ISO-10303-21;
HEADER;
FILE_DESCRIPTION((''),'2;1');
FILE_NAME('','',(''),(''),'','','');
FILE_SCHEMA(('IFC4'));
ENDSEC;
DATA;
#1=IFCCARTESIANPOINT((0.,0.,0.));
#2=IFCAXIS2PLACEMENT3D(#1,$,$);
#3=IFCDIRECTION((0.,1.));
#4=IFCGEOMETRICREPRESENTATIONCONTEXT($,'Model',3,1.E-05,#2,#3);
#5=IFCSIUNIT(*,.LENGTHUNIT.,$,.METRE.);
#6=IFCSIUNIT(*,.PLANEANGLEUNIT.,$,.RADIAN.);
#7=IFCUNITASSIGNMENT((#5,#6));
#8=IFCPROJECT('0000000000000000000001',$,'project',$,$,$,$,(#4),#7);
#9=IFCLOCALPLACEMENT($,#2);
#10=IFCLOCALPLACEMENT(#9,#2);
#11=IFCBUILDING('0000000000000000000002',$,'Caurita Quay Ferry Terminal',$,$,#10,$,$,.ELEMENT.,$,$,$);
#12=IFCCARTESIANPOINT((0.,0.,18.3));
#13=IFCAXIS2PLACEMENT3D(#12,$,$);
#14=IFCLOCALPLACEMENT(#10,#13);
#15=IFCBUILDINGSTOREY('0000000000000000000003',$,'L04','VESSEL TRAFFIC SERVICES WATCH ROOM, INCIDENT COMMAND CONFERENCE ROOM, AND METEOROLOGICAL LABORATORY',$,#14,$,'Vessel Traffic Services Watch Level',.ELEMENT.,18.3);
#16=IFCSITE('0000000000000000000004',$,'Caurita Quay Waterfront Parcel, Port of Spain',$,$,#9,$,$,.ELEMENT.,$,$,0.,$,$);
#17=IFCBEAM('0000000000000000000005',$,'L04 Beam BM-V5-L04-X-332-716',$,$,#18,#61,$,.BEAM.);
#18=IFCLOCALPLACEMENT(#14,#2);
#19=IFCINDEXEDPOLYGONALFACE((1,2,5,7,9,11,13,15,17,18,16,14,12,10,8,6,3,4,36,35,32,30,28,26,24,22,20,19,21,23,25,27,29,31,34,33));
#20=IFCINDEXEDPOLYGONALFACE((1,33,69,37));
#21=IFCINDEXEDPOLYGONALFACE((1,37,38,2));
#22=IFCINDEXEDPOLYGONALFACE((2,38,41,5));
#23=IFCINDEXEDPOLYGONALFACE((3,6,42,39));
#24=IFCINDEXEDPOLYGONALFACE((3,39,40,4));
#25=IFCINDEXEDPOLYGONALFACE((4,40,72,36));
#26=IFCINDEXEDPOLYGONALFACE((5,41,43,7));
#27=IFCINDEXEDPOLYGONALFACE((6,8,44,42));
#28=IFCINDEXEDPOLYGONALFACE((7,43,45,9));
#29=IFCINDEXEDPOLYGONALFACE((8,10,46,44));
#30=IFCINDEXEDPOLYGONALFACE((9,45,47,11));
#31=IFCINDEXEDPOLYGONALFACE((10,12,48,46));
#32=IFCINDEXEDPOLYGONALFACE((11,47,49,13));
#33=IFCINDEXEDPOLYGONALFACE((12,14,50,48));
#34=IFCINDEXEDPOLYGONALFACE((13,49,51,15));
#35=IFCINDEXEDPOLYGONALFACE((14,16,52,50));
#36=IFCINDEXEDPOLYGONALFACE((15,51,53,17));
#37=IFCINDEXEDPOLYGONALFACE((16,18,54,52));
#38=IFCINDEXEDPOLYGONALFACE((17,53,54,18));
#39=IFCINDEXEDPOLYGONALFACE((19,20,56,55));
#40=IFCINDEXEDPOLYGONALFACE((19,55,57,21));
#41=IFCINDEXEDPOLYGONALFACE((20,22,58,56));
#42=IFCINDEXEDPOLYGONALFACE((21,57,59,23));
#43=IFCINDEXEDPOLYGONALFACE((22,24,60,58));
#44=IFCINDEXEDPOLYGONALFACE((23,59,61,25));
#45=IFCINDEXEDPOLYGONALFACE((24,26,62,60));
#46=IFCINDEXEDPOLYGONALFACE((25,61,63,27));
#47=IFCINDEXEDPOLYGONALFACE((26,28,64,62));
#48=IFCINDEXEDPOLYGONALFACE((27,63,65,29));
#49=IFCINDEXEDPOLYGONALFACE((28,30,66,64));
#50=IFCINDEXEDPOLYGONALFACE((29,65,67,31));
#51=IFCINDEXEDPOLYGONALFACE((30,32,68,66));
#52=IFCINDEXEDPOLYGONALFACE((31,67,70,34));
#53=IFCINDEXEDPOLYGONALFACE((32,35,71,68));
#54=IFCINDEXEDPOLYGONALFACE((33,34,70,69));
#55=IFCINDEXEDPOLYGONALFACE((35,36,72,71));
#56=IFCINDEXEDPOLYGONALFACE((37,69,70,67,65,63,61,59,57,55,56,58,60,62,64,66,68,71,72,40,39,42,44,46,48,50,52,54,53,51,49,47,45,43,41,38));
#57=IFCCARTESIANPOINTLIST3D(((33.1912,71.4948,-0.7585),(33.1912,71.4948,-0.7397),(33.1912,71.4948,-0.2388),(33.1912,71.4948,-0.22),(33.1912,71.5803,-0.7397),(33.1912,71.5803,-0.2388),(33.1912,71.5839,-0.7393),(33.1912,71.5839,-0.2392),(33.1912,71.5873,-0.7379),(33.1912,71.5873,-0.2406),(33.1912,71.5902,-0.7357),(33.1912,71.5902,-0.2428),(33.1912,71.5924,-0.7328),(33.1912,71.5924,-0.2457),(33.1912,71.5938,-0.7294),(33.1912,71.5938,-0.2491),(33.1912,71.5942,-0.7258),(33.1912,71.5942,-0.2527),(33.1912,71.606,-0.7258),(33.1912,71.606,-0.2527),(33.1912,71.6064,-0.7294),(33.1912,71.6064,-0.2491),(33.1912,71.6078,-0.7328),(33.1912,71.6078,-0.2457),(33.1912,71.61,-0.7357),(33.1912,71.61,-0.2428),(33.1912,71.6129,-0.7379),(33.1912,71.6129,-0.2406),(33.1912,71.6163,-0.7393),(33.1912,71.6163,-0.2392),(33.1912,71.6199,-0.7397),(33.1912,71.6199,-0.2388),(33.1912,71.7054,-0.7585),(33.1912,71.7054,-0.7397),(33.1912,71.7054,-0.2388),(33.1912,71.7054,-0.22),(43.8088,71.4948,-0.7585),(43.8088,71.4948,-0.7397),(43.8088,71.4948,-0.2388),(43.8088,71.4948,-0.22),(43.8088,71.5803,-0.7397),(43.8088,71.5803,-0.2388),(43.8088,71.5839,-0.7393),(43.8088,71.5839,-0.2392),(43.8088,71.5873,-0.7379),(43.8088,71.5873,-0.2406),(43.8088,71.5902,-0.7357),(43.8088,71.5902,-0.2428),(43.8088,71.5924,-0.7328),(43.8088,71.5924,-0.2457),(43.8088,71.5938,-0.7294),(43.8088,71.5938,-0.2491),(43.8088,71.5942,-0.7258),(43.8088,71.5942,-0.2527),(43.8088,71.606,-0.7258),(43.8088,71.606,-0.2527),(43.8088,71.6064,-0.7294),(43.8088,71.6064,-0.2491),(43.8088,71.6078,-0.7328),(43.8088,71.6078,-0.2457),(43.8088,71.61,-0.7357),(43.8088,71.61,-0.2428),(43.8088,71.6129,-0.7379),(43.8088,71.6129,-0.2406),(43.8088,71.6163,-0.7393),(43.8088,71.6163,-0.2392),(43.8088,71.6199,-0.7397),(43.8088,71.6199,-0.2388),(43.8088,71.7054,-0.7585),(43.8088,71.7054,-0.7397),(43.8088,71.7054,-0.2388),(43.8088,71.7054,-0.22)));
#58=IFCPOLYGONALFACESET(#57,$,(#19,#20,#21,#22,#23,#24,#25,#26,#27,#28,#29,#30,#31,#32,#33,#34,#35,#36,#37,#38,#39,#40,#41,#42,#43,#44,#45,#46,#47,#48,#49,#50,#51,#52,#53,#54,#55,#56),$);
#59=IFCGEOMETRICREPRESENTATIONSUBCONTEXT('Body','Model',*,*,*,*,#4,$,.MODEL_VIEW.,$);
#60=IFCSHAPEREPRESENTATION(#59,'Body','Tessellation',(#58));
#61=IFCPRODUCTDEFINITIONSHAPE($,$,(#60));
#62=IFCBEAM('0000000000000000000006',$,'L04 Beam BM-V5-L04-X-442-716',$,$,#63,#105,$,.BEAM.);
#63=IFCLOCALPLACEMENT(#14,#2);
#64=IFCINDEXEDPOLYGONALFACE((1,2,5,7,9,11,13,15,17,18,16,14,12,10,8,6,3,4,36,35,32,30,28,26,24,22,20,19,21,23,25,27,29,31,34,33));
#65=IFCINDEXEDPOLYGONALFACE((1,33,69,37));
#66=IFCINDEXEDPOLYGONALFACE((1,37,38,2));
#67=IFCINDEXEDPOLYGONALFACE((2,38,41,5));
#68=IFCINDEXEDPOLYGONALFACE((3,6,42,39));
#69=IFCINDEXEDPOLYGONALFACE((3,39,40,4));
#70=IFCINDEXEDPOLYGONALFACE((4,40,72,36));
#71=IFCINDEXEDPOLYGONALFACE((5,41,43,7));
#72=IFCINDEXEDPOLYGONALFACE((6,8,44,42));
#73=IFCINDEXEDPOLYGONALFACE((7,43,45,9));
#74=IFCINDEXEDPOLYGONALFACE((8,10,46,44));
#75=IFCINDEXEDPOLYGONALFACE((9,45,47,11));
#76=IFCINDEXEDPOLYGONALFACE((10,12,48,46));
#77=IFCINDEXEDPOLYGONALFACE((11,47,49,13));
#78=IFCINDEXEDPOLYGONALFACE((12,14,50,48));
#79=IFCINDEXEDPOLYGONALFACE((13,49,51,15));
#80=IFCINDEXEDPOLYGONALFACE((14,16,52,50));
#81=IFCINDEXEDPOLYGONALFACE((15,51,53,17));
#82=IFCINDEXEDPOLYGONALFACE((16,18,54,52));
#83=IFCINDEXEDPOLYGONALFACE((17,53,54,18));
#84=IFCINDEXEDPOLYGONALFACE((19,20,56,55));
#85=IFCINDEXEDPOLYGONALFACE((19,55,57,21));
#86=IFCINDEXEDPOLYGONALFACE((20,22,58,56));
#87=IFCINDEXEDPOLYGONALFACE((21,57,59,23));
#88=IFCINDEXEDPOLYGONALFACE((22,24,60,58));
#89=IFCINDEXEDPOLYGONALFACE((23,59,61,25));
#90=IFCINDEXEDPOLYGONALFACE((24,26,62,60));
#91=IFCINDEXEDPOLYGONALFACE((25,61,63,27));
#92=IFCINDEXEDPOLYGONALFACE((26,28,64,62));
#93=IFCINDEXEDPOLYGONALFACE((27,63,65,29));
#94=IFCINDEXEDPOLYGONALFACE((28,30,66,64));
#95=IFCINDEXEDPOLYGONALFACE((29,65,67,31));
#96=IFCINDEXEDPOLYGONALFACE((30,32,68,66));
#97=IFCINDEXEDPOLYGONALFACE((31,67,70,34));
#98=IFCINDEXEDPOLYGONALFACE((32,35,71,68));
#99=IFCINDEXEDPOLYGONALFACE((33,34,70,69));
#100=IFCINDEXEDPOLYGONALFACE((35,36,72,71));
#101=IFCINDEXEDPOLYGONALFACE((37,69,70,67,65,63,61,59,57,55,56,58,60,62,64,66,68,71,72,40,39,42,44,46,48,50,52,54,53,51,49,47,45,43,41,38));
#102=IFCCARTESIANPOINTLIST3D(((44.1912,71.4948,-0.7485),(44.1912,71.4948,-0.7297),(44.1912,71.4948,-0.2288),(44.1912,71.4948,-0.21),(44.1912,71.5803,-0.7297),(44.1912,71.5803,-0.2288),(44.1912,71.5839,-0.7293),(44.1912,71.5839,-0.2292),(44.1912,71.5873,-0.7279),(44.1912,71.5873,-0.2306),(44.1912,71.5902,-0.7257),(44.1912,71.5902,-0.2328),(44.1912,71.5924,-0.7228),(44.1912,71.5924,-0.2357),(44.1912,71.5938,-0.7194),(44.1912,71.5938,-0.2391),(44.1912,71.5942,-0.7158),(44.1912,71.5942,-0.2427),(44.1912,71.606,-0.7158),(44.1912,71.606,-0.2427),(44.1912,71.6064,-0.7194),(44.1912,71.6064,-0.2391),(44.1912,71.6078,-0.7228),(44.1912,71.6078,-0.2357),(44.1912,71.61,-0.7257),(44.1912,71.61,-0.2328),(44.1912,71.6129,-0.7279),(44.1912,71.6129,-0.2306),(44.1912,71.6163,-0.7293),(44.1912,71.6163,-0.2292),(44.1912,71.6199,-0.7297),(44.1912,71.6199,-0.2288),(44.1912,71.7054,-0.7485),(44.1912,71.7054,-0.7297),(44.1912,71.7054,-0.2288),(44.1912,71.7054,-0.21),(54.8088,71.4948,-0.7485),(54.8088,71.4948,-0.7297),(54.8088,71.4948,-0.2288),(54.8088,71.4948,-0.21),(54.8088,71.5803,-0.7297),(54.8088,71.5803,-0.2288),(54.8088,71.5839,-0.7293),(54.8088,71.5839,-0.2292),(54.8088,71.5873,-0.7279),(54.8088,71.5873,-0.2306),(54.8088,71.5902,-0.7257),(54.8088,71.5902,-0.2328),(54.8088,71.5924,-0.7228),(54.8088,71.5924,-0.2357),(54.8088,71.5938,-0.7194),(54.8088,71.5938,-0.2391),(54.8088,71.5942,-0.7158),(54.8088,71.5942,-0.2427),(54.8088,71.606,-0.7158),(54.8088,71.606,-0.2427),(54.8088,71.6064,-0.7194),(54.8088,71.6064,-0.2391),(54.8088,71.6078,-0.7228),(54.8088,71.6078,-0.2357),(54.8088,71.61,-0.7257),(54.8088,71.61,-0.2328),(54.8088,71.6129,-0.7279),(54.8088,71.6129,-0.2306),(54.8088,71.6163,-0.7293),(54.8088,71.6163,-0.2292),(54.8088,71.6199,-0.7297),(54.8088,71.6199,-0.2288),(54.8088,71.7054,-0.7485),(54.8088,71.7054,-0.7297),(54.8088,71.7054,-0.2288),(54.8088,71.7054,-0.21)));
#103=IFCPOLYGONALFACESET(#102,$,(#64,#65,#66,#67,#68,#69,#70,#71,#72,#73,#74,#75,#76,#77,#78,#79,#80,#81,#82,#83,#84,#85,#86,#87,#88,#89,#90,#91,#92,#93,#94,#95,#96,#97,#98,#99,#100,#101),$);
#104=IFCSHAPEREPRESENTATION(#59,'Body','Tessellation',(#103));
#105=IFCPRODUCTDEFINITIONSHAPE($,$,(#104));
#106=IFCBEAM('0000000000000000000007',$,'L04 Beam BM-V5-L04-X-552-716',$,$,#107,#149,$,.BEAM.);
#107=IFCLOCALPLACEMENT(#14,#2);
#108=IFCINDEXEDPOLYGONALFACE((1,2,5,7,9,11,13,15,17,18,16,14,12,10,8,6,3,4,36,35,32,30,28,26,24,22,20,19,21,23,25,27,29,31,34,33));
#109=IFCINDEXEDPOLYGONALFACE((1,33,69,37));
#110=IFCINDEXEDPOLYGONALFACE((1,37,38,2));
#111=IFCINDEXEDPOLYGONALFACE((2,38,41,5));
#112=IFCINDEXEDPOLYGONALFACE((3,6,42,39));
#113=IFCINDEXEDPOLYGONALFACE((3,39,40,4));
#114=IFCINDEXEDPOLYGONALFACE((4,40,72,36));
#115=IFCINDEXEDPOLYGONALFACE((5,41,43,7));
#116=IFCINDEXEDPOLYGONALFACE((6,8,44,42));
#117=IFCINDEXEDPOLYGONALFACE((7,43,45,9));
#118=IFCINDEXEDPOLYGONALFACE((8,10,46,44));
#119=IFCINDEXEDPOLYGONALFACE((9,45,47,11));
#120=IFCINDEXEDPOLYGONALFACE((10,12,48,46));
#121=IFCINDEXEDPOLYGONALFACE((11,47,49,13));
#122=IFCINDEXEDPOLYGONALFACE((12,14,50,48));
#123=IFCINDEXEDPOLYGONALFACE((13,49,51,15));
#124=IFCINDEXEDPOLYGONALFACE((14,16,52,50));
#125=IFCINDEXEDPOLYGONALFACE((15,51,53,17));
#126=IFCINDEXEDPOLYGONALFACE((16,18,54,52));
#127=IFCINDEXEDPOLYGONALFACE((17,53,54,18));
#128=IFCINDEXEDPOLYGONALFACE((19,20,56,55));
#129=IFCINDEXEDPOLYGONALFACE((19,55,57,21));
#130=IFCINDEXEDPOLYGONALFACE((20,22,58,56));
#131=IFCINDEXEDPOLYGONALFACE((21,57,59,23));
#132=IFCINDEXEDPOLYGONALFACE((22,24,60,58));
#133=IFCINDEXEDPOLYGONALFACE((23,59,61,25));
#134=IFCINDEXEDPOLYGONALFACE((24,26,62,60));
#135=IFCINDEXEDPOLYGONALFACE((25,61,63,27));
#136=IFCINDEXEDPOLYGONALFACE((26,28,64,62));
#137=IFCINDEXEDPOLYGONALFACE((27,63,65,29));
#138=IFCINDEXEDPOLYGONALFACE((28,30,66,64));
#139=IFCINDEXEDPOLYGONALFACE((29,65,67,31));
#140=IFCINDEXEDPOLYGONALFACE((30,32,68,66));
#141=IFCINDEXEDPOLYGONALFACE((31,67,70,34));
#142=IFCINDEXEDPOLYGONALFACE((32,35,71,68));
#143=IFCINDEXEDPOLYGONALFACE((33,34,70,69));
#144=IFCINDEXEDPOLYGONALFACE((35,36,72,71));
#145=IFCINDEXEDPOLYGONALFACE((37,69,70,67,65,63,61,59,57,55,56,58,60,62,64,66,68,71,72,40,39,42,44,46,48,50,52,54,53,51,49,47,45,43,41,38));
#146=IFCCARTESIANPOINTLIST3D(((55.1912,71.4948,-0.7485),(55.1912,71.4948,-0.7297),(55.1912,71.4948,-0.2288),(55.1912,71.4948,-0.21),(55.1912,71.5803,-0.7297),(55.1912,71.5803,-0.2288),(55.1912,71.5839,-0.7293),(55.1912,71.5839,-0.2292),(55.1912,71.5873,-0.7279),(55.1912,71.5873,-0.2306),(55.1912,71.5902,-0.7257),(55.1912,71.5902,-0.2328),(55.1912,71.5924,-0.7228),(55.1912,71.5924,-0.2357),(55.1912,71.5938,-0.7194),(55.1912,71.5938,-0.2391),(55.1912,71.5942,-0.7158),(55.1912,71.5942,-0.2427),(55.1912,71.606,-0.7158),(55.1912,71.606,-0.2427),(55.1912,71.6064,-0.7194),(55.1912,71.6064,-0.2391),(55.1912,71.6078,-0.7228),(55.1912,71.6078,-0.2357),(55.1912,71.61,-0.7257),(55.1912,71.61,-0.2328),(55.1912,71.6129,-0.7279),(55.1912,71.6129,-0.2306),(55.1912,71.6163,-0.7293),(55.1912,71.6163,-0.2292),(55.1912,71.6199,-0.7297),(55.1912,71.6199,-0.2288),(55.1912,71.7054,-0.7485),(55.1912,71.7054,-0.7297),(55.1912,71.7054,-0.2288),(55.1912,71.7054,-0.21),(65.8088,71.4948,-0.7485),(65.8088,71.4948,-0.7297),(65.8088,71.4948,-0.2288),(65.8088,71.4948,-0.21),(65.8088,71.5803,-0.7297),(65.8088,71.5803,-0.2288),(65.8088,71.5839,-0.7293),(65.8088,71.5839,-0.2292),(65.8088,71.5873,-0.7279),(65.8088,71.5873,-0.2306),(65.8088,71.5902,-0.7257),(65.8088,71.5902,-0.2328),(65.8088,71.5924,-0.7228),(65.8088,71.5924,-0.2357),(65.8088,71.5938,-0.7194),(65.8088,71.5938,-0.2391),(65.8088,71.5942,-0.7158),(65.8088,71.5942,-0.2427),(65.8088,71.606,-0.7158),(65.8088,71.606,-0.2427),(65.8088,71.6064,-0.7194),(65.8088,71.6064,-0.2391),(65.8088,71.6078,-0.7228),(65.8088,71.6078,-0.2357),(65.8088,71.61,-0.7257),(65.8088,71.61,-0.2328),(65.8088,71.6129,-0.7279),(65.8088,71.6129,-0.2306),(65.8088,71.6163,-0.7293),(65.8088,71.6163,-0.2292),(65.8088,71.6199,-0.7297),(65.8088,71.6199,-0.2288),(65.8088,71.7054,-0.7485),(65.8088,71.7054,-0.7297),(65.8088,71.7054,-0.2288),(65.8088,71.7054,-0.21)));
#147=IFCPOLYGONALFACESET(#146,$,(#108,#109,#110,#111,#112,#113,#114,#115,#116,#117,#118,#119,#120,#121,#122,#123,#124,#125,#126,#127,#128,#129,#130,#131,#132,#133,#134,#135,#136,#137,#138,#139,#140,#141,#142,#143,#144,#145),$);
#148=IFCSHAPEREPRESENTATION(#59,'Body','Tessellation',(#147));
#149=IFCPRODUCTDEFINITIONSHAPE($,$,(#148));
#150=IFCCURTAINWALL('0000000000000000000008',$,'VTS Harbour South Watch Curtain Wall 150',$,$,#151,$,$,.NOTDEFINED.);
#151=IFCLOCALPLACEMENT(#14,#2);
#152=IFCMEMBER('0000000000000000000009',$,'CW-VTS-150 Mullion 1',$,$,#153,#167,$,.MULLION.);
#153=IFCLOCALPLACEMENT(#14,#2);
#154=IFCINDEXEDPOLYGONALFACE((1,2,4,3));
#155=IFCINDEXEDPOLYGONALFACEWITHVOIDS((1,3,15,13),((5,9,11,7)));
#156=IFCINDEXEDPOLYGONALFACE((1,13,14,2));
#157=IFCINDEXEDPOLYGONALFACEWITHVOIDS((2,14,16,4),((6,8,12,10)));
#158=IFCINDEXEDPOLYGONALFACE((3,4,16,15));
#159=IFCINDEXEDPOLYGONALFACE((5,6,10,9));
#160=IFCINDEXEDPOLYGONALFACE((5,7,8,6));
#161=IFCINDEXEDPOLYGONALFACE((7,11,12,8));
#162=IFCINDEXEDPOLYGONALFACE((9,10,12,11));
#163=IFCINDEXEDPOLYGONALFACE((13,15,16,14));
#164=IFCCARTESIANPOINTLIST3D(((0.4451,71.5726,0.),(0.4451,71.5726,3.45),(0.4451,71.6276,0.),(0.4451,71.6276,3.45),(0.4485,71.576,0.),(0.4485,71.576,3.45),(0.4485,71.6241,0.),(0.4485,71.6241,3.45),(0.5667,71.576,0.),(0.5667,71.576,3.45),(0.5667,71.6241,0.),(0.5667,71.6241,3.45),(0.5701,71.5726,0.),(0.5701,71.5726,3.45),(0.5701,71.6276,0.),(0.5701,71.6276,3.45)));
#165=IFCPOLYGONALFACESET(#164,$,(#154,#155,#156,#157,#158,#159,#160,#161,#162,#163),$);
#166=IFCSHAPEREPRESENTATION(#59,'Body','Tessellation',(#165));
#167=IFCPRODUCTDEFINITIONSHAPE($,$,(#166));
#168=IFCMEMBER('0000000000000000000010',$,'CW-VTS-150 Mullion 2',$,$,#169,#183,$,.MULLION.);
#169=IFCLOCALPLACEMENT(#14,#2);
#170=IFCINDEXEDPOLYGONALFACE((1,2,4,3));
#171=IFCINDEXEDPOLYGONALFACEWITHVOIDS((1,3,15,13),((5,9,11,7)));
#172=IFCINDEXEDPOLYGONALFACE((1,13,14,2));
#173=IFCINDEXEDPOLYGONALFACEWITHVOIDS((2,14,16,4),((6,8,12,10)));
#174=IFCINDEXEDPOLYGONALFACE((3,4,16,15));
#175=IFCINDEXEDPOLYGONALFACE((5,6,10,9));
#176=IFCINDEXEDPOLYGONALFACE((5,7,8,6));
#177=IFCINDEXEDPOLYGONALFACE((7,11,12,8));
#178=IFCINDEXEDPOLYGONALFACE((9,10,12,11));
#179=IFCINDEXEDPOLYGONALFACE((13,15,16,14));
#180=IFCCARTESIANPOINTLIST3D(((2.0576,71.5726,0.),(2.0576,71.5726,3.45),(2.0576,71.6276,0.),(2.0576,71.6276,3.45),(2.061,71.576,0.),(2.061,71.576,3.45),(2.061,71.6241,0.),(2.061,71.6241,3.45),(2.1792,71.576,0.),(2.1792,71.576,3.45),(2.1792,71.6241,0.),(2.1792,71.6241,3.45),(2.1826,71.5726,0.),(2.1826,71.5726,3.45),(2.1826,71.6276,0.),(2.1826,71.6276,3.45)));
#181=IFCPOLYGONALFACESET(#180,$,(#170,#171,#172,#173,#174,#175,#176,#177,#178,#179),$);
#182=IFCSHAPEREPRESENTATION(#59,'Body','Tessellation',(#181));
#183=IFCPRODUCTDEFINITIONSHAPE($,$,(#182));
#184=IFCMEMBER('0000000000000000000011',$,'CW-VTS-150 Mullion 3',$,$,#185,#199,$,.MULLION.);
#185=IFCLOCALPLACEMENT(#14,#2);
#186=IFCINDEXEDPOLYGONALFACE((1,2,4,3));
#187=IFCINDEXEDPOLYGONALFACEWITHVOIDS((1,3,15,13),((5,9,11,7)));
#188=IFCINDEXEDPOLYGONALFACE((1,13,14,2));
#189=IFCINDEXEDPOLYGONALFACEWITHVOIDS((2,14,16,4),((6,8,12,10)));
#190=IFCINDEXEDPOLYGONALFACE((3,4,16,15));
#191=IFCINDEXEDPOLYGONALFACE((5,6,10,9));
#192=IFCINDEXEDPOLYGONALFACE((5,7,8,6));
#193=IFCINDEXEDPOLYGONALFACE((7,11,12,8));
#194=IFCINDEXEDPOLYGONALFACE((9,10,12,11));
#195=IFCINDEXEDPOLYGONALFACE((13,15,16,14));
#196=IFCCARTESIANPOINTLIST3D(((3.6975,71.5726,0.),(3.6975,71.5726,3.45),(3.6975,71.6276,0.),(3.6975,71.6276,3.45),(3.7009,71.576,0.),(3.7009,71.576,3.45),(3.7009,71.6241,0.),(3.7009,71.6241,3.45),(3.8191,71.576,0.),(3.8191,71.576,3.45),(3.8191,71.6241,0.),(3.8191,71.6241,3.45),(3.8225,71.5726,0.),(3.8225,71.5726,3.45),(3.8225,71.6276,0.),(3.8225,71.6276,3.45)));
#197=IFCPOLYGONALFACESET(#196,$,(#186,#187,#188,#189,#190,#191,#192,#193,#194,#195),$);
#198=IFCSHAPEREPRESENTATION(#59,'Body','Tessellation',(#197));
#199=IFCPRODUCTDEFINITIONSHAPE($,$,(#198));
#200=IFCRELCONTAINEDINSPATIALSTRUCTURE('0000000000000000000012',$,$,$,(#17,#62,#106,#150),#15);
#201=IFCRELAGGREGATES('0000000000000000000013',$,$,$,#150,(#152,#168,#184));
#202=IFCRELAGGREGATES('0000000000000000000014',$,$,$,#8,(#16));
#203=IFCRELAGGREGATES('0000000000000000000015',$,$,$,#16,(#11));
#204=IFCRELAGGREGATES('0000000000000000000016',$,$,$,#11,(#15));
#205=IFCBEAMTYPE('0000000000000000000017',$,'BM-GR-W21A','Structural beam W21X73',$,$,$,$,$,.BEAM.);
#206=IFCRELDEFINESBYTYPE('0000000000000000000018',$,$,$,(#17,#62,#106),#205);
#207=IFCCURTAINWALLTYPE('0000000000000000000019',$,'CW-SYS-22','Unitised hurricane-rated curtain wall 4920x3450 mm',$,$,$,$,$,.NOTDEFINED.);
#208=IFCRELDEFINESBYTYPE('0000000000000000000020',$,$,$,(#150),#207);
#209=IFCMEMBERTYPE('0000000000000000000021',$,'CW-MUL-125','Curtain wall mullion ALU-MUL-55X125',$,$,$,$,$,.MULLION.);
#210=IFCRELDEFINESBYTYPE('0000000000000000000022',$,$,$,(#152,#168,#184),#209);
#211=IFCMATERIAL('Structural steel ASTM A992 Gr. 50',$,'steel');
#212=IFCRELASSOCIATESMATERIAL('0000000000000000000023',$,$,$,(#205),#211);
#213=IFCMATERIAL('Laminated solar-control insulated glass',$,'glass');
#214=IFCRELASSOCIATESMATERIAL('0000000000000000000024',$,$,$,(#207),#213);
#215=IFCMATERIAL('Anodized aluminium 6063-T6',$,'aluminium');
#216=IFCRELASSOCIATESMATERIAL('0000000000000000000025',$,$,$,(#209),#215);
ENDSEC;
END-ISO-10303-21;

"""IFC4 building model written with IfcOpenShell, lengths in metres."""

from ifc_helpers import new_model, si_unit, direction, frame, origin, origin_2d, place, context, subcontext, project, spatial, hollow_rectangle, i_section, extrude, material, material_profile, profile_set, type_object, element, aggregate, save


model = new_model("IFC4")

# Units and contexts
model_context = context("Model", 3, precision=1e-05, world=origin(), true_north=direction((0.0, 1.0)))
body_context = subcontext(model_context, "Body", "Model", "MODEL_VIEW")
ifc_project = project(units=[si_unit("LENGTHUNIT", "METRE"), si_unit("PLANEANGLEUNIT", "RADIAN")], contexts=[model_context])

# Site, building, storey
site_placement = place(None, origin())
site = spatial("IfcSite", under=ifc_project, at=site_placement, Name="Caurita Quay Waterfront Parcel, Port of Spain", CompositionType="ELEMENT", RefElevation=0.0)
building_placement = place(site_placement, origin())
building = spatial("IfcBuilding", under=site, at=building_placement, Name="Caurita Quay Ferry Terminal", CompositionType="ELEMENT")
storey_placement = place(building_placement, frame((0.0, 0.0, 18.3)))
storey = spatial("IfcBuildingStorey", under=building, at=storey_placement, Name="L04", Description="VESSEL TRAFFIC SERVICES WATCH ROOM, INCIDENT COMMAND CONFERENCE ROOM, AND METEOROLOGICAL LABORATORY", LongName="Vessel Traffic Services Watch Level", CompositionType="ELEMENT", Elevation=18.3)

# Beams
ifc_material_1 = material(Name="Structural steel ASTM A992 Gr. 50", Category="steel")
ifc_material_profile_1 = material_profile(ifc_material_1, i_section(OverallWidth=0.2107, OverallDepth=0.5386, WebThickness=0.0117, FlangeThickness=0.0188, FilletRadius=0.0139, at=origin_2d()), Name="W21X73")
ifc_profile_set_1 = profile_set([ifc_material_profile_1], Name="Structural steel ASTM A992 Gr. 50")
beam_type = type_object("IfcBeamType", Name="BM-GR-W21A", Description="Structural beam W21X73", PredefinedType="BEAM", material=ifc_profile_set_1)
for number, where, z_axis, x_axis, name in (
    (1, (33.1912, 71.6001, -0.4893), (1.0, 0.0, 0.0), (0.0, 1.0, 0.0), "L04 Beam BM-V5-L04-X-332-716"),
    (2, (44.1912, 71.6001, -0.4792), (1.0, 0.0, 0.0), (0.0, 1.0, 0.0), "L04 Beam BM-V5-L04-X-442-716"),
    (3, (55.1912, 71.6001, -0.4792), (1.0, 0.0, 0.0), (0.0, 1.0, 0.0), "L04 Beam BM-V5-L04-X-552-716"),
):
    element("IfcBeam", number, at=place(storey_placement, frame(where, z_axis=z_axis, x_axis=x_axis)), inside=storey, type_object=beam_type, Name=name, PredefinedType="BEAM", context=body_context, shape_type="SweptSolid", body=[
        extrude(i_section(OverallWidth=0.2107, OverallDepth=0.5386, WebThickness=0.0117, FlangeThickness=0.0188, FilletRadius=0.0139, at=origin_2d()), origin(), (0.0, 0.0, 1.0), 10.6177),
    ])

# Curtain wall, members
ifc_material_2 = material(Name="Laminated solar-control insulated glass", Category="glass")
curtain_wall_type = type_object("IfcCurtainWallType", Name="CW-SYS-22", Description="Unitised hurricane-rated curtain wall 4920x3450 mm", PredefinedType="NOTDEFINED", material=ifc_material_2)
curtain_wall_placement = place(storey_placement, origin())
curtain_wall = element("IfcCurtainWall", 4, at=curtain_wall_placement, inside=storey, type_object=curtain_wall_type, Name="VTS Harbour South Watch Curtain Wall 150", PredefinedType="NOTDEFINED")
ifc_material_3 = material(Name="Anodized aluminium 6063-T6", Category="aluminium")
ifc_material_profile_2 = material_profile(ifc_material_3, hollow_rectangle(XDim=0.0549, YDim=0.125, WallThickness=0.0034, at=origin_2d()), Name="ALU-MUL-55X125")
ifc_profile_set_2 = profile_set([ifc_material_profile_2], Name="Anodized aluminium 6063-T6")
member_type_1 = type_object("IfcMemberType", Name="CW-MUL-125", Description="Curtain wall mullion ALU-MUL-55X125", PredefinedType="MULLION", material=ifc_profile_set_2)
member_1_placement = place(storey_placement, frame((0.5076, 71.6001, 0.0), z_axis=(0.0, 0.0, 1.0), x_axis=(0.0, 1.0, 0.0)))
member_1 = element("IfcMember", 5, at=member_1_placement, type_object=member_type_1, Name="CW-VTS-150 Mullion 1", PredefinedType="MULLION", context=body_context, shape_type="SweptSolid", body=[
    extrude(hollow_rectangle(XDim=0.0549, YDim=0.125, WallThickness=0.0034, at=origin_2d()), origin(), (0.0, 0.0, 1.0), 3.45),
])
member_2_placement = place(storey_placement, frame((2.1201, 71.6001, 0.0), z_axis=(0.0, 0.0, 1.0), x_axis=(0.0, 1.0, 0.0)))
member_2 = element("IfcMember", 6, at=member_2_placement, type_object=member_type_1, Name="CW-VTS-150 Mullion 2", PredefinedType="MULLION", context=body_context, shape_type="SweptSolid", body=[
    extrude(hollow_rectangle(XDim=0.0549, YDim=0.125, WallThickness=0.0034, at=origin_2d()), origin(), (0.0, 0.0, 1.0), 3.45),
])
member_3_placement = place(storey_placement, frame((3.76, 71.6001, 0.0), z_axis=(0.0, 0.0, 1.0), x_axis=(0.0, 1.0, 0.0)))
member_3 = element("IfcMember", 7, at=member_3_placement, type_object=member_type_1, Name="CW-VTS-150 Mullion 3", PredefinedType="MULLION", context=body_context, shape_type="SweptSolid", body=[
    extrude(hollow_rectangle(XDim=0.0549, YDim=0.125, WallThickness=0.0034, at=origin_2d()), origin(), (0.0, 0.0, 1.0), 3.45),
])
aggregate(curtain_wall, [member_1, member_2, member_3])

save(model, "model.ifc")
